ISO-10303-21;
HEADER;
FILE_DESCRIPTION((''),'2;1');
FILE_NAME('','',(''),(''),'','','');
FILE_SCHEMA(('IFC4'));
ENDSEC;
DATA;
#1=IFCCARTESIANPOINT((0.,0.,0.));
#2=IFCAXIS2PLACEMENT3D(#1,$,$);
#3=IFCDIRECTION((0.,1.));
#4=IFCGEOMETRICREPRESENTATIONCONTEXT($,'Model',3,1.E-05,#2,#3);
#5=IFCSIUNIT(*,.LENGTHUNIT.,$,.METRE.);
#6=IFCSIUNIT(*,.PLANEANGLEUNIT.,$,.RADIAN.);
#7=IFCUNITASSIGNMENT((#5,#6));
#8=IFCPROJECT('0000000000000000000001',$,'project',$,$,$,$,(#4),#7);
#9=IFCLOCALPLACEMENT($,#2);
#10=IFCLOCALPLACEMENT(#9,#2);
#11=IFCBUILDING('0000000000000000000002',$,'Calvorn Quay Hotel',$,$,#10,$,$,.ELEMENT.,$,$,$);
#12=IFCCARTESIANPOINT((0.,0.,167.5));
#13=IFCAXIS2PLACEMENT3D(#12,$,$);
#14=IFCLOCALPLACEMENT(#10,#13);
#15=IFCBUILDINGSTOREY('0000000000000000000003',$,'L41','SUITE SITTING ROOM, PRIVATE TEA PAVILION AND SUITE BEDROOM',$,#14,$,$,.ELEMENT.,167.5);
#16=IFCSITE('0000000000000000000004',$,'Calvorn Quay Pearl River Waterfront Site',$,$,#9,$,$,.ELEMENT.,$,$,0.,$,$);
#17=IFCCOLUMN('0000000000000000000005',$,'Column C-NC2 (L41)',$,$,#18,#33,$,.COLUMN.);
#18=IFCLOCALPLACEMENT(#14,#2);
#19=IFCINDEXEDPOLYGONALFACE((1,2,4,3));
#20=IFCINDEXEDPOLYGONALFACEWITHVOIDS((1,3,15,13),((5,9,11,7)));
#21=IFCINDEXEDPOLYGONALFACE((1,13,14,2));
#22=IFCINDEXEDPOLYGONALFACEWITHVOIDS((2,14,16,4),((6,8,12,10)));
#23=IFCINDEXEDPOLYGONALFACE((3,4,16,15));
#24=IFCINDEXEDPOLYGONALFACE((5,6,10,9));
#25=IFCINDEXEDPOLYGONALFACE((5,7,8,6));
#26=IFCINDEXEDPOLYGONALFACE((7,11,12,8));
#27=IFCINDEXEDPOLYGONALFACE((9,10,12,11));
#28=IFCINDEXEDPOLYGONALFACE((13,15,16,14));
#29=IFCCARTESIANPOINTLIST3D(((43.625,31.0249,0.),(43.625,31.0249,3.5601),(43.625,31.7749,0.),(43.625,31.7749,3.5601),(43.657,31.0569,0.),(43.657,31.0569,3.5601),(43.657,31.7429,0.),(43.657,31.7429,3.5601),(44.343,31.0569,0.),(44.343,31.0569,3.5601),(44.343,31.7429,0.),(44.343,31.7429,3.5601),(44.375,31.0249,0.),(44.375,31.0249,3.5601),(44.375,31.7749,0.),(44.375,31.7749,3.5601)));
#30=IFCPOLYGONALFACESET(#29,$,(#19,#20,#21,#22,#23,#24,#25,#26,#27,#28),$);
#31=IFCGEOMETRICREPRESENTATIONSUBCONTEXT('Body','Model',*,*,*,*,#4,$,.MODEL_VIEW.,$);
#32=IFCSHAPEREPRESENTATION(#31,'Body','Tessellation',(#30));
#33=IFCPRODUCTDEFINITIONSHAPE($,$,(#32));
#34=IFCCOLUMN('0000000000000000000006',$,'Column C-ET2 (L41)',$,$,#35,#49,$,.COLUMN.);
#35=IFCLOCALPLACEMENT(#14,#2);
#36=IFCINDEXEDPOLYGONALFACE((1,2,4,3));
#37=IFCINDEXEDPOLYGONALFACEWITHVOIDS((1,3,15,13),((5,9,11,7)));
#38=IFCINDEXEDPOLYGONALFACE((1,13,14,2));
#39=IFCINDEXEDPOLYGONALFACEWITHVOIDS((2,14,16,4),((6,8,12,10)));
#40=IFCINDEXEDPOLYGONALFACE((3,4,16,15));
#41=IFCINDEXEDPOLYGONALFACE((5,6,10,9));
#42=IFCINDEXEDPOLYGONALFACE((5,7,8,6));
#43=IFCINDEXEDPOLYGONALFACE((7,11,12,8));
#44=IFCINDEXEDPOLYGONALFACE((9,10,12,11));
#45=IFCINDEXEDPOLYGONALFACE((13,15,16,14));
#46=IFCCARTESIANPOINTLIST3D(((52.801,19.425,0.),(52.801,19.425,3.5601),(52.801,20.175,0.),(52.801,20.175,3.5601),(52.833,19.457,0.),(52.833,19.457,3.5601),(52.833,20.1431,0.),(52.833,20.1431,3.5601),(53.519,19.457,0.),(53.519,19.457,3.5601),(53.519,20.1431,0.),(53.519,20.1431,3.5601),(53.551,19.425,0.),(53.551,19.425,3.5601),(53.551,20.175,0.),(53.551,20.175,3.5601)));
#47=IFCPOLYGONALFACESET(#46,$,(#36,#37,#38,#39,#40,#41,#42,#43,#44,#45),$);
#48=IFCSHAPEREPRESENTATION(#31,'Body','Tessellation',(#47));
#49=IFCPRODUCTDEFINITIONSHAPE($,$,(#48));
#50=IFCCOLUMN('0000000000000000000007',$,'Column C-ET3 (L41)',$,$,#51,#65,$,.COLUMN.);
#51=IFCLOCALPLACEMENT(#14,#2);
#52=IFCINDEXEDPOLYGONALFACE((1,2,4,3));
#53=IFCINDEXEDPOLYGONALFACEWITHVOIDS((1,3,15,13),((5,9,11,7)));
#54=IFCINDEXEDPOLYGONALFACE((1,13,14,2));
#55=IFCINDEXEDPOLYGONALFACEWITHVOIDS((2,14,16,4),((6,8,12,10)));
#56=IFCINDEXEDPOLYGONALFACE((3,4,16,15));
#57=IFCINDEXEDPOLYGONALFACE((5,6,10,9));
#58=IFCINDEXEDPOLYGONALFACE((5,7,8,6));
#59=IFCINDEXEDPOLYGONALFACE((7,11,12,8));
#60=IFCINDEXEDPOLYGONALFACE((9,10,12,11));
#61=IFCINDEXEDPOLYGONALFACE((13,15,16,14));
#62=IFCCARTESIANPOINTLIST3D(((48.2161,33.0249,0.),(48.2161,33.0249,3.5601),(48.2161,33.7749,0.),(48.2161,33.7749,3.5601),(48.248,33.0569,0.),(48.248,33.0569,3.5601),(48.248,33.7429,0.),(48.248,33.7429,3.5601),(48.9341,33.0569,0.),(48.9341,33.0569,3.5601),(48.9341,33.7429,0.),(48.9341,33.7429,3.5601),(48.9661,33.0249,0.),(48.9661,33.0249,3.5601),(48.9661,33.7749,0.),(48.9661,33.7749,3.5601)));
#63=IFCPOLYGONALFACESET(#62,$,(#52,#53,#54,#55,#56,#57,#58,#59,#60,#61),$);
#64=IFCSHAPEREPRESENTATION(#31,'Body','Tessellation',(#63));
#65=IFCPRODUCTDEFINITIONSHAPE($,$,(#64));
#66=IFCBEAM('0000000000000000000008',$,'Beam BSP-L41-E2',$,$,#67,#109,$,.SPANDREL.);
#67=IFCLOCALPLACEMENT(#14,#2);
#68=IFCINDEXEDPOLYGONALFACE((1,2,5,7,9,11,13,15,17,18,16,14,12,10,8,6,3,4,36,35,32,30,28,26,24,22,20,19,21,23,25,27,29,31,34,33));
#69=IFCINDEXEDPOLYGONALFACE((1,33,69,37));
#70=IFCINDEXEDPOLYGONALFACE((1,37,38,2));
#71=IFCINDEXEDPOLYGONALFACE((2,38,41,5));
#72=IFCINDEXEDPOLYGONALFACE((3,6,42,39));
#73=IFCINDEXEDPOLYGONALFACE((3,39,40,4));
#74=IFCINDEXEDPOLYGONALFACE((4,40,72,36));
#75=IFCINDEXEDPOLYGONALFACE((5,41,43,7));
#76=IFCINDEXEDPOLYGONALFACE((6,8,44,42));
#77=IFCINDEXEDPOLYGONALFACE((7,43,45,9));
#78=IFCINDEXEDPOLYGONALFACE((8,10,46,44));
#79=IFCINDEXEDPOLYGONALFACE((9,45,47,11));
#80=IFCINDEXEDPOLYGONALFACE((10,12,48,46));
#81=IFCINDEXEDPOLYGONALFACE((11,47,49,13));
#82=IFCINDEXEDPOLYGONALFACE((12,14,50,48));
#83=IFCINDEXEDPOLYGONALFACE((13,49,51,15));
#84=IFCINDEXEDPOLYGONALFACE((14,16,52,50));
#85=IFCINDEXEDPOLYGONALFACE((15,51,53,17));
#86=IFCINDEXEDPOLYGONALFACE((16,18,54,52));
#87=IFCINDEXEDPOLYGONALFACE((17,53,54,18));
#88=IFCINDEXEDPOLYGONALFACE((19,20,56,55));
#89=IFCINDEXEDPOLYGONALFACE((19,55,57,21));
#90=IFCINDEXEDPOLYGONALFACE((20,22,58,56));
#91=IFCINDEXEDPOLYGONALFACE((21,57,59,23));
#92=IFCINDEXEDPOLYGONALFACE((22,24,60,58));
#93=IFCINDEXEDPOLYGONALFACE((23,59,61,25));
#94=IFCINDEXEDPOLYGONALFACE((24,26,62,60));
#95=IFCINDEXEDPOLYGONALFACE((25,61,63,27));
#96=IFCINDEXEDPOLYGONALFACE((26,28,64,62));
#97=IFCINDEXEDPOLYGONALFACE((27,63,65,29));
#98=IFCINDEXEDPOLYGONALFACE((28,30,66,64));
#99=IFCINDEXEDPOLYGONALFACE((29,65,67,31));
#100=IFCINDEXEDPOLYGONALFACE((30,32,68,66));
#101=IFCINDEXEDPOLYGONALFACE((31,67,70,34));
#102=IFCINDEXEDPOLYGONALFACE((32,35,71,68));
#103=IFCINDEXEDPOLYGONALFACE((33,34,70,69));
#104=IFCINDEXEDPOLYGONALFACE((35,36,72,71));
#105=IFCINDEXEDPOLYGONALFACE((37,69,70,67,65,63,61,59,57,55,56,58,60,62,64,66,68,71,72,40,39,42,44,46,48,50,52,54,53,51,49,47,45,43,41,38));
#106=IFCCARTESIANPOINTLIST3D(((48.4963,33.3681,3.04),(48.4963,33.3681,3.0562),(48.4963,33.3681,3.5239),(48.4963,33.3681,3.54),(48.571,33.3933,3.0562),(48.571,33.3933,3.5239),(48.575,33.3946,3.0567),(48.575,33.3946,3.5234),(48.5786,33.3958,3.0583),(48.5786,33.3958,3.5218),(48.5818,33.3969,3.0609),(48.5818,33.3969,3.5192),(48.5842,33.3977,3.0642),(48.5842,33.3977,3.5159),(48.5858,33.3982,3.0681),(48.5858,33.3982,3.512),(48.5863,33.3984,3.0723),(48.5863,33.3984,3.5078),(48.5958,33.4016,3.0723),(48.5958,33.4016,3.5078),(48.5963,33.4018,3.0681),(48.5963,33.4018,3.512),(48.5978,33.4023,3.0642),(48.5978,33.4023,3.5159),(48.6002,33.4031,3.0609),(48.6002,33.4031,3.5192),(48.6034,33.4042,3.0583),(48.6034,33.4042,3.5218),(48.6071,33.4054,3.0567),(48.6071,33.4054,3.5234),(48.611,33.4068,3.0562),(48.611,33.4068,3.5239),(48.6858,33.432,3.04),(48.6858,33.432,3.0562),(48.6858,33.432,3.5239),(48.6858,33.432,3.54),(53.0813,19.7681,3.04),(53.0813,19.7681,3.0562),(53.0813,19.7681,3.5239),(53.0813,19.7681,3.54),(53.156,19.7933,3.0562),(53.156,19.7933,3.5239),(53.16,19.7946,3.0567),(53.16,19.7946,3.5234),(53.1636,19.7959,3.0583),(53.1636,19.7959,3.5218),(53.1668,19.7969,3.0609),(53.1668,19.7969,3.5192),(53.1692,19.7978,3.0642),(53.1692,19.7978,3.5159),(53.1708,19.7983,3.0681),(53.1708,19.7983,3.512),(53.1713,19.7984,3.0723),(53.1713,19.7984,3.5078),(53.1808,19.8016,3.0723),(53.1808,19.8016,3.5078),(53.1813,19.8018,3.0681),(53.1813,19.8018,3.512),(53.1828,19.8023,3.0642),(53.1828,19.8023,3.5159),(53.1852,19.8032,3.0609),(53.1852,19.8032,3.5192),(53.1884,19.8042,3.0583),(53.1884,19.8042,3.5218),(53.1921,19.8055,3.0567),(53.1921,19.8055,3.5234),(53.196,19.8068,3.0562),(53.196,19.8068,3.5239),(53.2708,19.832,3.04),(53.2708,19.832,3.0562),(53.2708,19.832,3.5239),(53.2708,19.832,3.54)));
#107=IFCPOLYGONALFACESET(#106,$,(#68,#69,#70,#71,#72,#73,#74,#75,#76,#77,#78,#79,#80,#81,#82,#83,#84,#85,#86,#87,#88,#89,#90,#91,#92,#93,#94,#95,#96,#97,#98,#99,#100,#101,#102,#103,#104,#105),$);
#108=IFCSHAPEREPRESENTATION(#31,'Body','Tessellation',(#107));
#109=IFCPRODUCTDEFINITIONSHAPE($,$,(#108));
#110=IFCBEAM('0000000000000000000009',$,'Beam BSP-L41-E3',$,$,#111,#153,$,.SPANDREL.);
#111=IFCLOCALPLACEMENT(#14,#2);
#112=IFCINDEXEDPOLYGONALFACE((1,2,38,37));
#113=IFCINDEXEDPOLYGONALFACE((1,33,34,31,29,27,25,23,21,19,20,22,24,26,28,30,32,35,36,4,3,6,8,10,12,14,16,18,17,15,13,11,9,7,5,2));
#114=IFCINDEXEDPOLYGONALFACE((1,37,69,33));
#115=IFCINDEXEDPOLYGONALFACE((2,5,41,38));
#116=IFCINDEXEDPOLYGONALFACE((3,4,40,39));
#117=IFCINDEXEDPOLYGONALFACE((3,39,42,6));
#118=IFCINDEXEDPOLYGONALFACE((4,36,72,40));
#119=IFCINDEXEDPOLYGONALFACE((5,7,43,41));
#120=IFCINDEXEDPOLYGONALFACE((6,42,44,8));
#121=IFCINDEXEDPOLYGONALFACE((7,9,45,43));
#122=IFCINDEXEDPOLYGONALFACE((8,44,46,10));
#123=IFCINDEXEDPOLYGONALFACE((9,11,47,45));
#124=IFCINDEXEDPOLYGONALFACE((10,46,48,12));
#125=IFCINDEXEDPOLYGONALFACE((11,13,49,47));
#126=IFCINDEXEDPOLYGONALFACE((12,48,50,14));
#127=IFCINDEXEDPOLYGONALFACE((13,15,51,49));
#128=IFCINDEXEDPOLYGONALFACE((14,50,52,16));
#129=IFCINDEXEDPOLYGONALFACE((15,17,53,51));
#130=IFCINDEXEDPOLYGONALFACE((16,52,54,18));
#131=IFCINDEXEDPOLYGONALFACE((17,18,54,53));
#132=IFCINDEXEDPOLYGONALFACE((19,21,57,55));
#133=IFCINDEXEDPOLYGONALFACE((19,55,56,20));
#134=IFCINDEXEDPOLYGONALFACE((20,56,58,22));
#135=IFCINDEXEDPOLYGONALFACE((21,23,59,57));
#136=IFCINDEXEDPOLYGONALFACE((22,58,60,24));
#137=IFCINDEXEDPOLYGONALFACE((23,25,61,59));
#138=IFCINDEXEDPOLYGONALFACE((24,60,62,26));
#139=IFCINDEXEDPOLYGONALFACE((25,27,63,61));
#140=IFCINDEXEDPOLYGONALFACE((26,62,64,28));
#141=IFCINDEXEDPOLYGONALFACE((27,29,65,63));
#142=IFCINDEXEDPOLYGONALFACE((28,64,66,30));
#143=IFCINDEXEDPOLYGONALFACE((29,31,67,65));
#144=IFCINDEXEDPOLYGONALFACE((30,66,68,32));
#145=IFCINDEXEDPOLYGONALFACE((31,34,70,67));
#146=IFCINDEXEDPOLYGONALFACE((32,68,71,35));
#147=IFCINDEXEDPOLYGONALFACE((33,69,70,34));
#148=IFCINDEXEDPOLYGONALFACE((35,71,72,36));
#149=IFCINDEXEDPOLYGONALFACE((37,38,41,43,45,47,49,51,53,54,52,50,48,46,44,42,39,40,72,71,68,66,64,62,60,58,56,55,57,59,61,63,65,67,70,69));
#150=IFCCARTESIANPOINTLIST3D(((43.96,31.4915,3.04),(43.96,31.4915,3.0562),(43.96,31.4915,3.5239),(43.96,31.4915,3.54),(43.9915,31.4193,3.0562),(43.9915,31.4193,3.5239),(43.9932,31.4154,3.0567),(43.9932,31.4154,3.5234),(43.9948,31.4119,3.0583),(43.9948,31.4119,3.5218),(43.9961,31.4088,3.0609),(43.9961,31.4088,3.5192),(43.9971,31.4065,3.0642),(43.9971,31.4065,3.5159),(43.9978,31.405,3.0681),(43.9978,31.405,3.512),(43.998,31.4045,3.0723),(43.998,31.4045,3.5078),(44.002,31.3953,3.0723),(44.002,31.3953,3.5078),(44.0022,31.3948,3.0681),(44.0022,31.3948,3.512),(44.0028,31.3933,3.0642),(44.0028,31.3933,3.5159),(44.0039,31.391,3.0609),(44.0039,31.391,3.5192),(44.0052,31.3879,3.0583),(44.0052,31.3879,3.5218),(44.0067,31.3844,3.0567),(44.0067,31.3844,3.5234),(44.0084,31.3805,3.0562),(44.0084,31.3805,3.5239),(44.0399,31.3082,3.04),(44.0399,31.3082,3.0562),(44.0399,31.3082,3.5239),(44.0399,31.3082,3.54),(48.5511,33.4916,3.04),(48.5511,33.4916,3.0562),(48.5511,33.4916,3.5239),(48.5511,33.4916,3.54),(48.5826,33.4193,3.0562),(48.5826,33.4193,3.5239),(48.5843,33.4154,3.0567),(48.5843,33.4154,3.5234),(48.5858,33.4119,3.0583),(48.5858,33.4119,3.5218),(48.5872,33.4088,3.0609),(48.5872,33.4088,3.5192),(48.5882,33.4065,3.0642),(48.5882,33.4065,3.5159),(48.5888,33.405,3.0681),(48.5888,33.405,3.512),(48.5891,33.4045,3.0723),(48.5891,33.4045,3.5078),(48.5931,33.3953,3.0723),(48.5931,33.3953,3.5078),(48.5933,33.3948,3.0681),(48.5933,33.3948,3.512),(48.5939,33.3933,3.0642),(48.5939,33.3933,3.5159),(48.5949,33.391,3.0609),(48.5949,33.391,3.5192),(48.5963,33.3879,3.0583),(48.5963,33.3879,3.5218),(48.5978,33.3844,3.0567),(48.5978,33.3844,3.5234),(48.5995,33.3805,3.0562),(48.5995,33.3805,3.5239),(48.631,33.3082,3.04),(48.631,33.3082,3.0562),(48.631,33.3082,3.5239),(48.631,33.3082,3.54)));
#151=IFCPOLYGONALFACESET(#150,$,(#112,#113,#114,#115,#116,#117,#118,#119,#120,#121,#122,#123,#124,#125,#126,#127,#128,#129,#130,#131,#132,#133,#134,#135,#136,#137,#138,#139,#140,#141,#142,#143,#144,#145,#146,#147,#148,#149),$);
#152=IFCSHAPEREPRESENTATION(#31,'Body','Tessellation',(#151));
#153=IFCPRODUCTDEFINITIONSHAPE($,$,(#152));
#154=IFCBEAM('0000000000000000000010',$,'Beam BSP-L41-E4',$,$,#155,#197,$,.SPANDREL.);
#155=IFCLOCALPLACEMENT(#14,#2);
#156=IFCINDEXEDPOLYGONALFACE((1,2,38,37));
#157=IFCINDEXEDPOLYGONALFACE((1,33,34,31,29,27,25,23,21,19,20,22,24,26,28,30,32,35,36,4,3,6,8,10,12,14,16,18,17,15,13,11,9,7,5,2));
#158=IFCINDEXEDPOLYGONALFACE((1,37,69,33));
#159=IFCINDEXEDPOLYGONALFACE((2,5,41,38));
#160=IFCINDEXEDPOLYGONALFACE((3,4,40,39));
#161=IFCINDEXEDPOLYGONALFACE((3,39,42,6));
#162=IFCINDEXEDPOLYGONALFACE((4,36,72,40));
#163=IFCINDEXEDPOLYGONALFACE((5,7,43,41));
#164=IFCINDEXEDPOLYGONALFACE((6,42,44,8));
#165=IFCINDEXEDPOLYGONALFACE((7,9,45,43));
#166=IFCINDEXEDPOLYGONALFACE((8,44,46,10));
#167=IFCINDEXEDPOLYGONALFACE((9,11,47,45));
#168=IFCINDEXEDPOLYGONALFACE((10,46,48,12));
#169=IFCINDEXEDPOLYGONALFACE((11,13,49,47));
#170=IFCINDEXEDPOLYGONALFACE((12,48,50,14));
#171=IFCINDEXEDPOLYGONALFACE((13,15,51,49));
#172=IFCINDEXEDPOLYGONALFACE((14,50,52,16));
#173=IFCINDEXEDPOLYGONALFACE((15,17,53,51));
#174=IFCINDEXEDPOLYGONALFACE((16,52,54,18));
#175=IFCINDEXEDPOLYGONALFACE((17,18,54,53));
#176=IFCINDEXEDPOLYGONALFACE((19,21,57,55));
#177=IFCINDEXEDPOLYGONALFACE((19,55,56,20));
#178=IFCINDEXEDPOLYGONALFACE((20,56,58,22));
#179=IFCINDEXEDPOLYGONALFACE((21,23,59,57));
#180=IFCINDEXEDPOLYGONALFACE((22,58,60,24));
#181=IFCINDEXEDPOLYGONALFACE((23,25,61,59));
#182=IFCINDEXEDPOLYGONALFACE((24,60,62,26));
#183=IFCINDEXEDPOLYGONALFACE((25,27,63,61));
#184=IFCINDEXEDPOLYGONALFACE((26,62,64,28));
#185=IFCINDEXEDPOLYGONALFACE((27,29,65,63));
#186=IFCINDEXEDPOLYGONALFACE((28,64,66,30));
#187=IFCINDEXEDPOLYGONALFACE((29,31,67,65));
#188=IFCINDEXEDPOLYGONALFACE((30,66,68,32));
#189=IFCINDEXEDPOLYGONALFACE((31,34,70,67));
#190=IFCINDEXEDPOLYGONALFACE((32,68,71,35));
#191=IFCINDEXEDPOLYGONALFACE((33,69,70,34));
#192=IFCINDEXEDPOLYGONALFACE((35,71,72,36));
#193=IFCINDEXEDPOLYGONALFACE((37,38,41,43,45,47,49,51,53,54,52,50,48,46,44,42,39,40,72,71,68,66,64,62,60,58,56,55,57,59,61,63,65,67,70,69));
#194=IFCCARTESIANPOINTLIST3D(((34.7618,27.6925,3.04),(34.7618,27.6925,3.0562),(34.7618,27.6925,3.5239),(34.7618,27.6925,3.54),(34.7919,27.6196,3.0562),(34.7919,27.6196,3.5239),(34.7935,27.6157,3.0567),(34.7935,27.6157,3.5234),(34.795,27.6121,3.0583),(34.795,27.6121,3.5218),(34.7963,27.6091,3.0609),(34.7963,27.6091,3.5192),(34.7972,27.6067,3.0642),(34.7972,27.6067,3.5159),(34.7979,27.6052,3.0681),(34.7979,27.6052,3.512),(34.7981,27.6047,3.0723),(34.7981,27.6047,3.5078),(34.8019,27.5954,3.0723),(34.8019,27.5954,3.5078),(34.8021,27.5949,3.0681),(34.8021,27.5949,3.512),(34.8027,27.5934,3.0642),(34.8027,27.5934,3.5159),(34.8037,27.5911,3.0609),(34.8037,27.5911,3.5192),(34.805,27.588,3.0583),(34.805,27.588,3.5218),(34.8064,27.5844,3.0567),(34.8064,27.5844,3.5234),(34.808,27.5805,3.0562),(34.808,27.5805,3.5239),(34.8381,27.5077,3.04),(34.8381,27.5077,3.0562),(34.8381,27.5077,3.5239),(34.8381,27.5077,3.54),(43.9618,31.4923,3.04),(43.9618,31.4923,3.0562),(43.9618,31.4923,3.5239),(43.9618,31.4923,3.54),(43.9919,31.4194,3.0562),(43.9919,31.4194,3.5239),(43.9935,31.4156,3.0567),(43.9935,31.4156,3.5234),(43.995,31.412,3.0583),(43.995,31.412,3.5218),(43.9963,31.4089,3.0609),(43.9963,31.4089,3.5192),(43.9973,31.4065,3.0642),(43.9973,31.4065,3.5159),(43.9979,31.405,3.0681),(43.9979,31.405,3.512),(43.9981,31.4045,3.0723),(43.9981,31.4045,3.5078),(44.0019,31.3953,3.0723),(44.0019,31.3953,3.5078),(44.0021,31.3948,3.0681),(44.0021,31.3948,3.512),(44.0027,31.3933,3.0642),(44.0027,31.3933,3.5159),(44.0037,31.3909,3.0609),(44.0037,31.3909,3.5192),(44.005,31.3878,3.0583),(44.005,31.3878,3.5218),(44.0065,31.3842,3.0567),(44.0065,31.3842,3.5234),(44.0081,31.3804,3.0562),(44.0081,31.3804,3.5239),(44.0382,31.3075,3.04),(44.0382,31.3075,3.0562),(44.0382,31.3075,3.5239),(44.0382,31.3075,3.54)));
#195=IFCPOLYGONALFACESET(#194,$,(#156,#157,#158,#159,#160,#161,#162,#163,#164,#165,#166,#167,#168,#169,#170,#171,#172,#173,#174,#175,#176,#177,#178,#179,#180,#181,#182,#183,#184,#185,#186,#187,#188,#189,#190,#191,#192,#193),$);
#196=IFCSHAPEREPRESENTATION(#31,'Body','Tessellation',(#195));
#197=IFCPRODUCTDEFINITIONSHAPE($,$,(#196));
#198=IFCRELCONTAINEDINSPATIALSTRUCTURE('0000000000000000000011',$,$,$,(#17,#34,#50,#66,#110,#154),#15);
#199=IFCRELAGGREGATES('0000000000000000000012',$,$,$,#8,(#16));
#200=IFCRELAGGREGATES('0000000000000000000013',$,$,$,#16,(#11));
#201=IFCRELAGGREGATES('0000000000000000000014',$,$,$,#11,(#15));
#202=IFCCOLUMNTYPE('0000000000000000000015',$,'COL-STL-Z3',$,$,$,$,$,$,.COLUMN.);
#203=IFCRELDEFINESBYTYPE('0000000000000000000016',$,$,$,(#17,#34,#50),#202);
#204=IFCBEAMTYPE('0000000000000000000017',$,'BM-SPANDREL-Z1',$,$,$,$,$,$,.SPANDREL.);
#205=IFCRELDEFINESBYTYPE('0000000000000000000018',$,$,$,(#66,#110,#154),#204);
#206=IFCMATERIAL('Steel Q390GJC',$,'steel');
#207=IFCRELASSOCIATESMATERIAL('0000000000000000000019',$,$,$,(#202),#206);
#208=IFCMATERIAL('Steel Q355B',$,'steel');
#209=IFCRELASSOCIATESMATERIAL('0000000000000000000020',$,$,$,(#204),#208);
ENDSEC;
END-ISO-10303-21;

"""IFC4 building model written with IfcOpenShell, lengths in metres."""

from ifc_helpers import new_model, si_unit, direction, frame, origin, origin_2d, place, context, subcontext, project, spatial, hollow_rectangle, i_section, extrude, material, material_profile, profile_set, type_object, element, save


model = new_model("IFC4")

# Units and contexts
model_context = context("Model", 3, precision=1e-05, world=origin(), true_north=direction((0.0, 1.0)))
body_context = subcontext(model_context, "Body", "Model", "MODEL_VIEW")
ifc_project = project(units=[si_unit("LENGTHUNIT", "METRE"), si_unit("PLANEANGLEUNIT", "RADIAN")], contexts=[model_context])

# Site, building, storey
site_placement = place(None, origin())
site = spatial("IfcSite", under=ifc_project, at=site_placement, Name="Calvorn Quay Pearl River Waterfront Site", CompositionType="ELEMENT", RefElevation=0.0)
building_placement = place(site_placement, origin())
building = spatial("IfcBuilding", under=site, at=building_placement, Name="Calvorn Quay Hotel", CompositionType="ELEMENT")
storey_placement = place(building_placement, frame((0.0, 0.0, 167.5)))
storey = spatial("IfcBuildingStorey", under=building, at=storey_placement, Name="L41", Description="SUITE SITTING ROOM, PRIVATE TEA PAVILION AND SUITE BEDROOM", CompositionType="ELEMENT", Elevation=167.5)

# Columns
ifc_material_1 = material(Name="Steel Q390GJC", Category="steel")
ifc_material_profile_1 = material_profile(ifc_material_1, hollow_rectangle(XDim=0.75, YDim=0.75, WallThickness=0.032, at=origin_2d()), Name="BOX750x750x32")
ifc_profile_set_1 = profile_set([ifc_material_profile_1], Name="Steel Q390GJC")
column_type = type_object("IfcColumnType", Name="COL-STL-Z3", PredefinedType="COLUMN", material=ifc_profile_set_1)
for number, where, z_axis, x_axis, name in (
    (1, (44.0, 31.3999, 0.0), (0.0, 0.0, 1.0), (1.0, 0.0, 0.0), "Column C-NC2 (L41)"),
    (2, (53.176, 19.8, 0.0), (0.0, 0.0, 1.0), (1.0, 0.0, 0.0), "Column C-ET2 (L41)"),
    (3, (48.5911, 33.3999, 0.0), (0.0, 0.0, 1.0), (1.0, 0.0, 0.0), "Column C-ET3 (L41)"),
):
    element("IfcColumn", number, at=place(storey_placement, frame(where, z_axis=z_axis, x_axis=x_axis)), inside=storey, type_object=column_type, Name=name, PredefinedType="COLUMN", context=body_context, shape_type="SweptSolid", body=[
        extrude(hollow_rectangle(XDim=0.75, YDim=0.75, WallThickness=0.032, at=origin_2d()), origin(), (0.0, 0.0, 1.0), 3.5601),
    ])

# Beams
ifc_material_2 = material(Name="Steel Q355B", Category="steel")
ifc_material_profile_2 = material_profile(ifc_material_2, i_section(OverallWidth=0.2, OverallDepth=0.5, WebThickness=0.01, FlangeThickness=0.0161, FilletRadius=0.0161, at=origin_2d()), Name="HN500x200x10x16")
ifc_profile_set_2 = profile_set([ifc_material_profile_2], Name="Steel Q355B")
beam_type = type_object("IfcBeamType", Name="BM-SPANDREL-Z1", PredefinedType="SPANDREL", material=ifc_profile_set_2)
beam_1_placement = place(storey_placement, frame((53.176, 19.8, 3.29), z_axis=(-0.319467, 0.947598, 0.0), x_axis=(-0.947598, -0.319467, 0.0)))
element("IfcBeam", 4, at=beam_1_placement, inside=storey, type_object=beam_type, Name="Beam BSP-L41-E2", PredefinedType="SPANDREL", context=body_context, shape_type="SweptSolid", body=[
    extrude(i_section(OverallWidth=0.2, OverallDepth=0.5, WebThickness=0.01, FlangeThickness=0.0161, FilletRadius=0.0161, at=origin_2d()), origin(), (0.0, 0.0, 1.0), 14.3521),
])
beam_2_placement = place(storey_placement, frame((48.5911, 33.3999, 3.29), z_axis=(-0.916786, -0.399378, 0.0), x_axis=(0.399378, -0.916786, 0.0)))
element("IfcBeam", 5, at=beam_2_placement, inside=storey, type_object=beam_type, Name="Beam BSP-L41-E3", PredefinedType="SPANDREL", context=body_context, shape_type="SweptSolid", body=[
    extrude(i_section(OverallWidth=0.2, OverallDepth=0.5, WebThickness=0.01, FlangeThickness=0.0161, FilletRadius=0.0161, at=origin_2d()), origin(), (0.0, 0.0, 1.0), 5.0078),
])
beam_3_placement = place(storey_placement, frame((44.0, 31.3999, 3.29), z_axis=(-0.924268, -0.381745, 0.0), x_axis=(0.381745, -0.924268, 0.0)))
element("IfcBeam", 6, at=beam_3_placement, inside=storey, type_object=beam_type, Name="Beam BSP-L41-E4", PredefinedType="SPANDREL", context=body_context, shape_type="SweptSolid", body=[
    extrude(i_section(OverallWidth=0.2, OverallDepth=0.5, WebThickness=0.01, FlangeThickness=0.0161, FilletRadius=0.0161, at=origin_2d()), origin(), (0.0, 0.0, 1.0), 9.9539),
])

save(model, "model.ifc")
